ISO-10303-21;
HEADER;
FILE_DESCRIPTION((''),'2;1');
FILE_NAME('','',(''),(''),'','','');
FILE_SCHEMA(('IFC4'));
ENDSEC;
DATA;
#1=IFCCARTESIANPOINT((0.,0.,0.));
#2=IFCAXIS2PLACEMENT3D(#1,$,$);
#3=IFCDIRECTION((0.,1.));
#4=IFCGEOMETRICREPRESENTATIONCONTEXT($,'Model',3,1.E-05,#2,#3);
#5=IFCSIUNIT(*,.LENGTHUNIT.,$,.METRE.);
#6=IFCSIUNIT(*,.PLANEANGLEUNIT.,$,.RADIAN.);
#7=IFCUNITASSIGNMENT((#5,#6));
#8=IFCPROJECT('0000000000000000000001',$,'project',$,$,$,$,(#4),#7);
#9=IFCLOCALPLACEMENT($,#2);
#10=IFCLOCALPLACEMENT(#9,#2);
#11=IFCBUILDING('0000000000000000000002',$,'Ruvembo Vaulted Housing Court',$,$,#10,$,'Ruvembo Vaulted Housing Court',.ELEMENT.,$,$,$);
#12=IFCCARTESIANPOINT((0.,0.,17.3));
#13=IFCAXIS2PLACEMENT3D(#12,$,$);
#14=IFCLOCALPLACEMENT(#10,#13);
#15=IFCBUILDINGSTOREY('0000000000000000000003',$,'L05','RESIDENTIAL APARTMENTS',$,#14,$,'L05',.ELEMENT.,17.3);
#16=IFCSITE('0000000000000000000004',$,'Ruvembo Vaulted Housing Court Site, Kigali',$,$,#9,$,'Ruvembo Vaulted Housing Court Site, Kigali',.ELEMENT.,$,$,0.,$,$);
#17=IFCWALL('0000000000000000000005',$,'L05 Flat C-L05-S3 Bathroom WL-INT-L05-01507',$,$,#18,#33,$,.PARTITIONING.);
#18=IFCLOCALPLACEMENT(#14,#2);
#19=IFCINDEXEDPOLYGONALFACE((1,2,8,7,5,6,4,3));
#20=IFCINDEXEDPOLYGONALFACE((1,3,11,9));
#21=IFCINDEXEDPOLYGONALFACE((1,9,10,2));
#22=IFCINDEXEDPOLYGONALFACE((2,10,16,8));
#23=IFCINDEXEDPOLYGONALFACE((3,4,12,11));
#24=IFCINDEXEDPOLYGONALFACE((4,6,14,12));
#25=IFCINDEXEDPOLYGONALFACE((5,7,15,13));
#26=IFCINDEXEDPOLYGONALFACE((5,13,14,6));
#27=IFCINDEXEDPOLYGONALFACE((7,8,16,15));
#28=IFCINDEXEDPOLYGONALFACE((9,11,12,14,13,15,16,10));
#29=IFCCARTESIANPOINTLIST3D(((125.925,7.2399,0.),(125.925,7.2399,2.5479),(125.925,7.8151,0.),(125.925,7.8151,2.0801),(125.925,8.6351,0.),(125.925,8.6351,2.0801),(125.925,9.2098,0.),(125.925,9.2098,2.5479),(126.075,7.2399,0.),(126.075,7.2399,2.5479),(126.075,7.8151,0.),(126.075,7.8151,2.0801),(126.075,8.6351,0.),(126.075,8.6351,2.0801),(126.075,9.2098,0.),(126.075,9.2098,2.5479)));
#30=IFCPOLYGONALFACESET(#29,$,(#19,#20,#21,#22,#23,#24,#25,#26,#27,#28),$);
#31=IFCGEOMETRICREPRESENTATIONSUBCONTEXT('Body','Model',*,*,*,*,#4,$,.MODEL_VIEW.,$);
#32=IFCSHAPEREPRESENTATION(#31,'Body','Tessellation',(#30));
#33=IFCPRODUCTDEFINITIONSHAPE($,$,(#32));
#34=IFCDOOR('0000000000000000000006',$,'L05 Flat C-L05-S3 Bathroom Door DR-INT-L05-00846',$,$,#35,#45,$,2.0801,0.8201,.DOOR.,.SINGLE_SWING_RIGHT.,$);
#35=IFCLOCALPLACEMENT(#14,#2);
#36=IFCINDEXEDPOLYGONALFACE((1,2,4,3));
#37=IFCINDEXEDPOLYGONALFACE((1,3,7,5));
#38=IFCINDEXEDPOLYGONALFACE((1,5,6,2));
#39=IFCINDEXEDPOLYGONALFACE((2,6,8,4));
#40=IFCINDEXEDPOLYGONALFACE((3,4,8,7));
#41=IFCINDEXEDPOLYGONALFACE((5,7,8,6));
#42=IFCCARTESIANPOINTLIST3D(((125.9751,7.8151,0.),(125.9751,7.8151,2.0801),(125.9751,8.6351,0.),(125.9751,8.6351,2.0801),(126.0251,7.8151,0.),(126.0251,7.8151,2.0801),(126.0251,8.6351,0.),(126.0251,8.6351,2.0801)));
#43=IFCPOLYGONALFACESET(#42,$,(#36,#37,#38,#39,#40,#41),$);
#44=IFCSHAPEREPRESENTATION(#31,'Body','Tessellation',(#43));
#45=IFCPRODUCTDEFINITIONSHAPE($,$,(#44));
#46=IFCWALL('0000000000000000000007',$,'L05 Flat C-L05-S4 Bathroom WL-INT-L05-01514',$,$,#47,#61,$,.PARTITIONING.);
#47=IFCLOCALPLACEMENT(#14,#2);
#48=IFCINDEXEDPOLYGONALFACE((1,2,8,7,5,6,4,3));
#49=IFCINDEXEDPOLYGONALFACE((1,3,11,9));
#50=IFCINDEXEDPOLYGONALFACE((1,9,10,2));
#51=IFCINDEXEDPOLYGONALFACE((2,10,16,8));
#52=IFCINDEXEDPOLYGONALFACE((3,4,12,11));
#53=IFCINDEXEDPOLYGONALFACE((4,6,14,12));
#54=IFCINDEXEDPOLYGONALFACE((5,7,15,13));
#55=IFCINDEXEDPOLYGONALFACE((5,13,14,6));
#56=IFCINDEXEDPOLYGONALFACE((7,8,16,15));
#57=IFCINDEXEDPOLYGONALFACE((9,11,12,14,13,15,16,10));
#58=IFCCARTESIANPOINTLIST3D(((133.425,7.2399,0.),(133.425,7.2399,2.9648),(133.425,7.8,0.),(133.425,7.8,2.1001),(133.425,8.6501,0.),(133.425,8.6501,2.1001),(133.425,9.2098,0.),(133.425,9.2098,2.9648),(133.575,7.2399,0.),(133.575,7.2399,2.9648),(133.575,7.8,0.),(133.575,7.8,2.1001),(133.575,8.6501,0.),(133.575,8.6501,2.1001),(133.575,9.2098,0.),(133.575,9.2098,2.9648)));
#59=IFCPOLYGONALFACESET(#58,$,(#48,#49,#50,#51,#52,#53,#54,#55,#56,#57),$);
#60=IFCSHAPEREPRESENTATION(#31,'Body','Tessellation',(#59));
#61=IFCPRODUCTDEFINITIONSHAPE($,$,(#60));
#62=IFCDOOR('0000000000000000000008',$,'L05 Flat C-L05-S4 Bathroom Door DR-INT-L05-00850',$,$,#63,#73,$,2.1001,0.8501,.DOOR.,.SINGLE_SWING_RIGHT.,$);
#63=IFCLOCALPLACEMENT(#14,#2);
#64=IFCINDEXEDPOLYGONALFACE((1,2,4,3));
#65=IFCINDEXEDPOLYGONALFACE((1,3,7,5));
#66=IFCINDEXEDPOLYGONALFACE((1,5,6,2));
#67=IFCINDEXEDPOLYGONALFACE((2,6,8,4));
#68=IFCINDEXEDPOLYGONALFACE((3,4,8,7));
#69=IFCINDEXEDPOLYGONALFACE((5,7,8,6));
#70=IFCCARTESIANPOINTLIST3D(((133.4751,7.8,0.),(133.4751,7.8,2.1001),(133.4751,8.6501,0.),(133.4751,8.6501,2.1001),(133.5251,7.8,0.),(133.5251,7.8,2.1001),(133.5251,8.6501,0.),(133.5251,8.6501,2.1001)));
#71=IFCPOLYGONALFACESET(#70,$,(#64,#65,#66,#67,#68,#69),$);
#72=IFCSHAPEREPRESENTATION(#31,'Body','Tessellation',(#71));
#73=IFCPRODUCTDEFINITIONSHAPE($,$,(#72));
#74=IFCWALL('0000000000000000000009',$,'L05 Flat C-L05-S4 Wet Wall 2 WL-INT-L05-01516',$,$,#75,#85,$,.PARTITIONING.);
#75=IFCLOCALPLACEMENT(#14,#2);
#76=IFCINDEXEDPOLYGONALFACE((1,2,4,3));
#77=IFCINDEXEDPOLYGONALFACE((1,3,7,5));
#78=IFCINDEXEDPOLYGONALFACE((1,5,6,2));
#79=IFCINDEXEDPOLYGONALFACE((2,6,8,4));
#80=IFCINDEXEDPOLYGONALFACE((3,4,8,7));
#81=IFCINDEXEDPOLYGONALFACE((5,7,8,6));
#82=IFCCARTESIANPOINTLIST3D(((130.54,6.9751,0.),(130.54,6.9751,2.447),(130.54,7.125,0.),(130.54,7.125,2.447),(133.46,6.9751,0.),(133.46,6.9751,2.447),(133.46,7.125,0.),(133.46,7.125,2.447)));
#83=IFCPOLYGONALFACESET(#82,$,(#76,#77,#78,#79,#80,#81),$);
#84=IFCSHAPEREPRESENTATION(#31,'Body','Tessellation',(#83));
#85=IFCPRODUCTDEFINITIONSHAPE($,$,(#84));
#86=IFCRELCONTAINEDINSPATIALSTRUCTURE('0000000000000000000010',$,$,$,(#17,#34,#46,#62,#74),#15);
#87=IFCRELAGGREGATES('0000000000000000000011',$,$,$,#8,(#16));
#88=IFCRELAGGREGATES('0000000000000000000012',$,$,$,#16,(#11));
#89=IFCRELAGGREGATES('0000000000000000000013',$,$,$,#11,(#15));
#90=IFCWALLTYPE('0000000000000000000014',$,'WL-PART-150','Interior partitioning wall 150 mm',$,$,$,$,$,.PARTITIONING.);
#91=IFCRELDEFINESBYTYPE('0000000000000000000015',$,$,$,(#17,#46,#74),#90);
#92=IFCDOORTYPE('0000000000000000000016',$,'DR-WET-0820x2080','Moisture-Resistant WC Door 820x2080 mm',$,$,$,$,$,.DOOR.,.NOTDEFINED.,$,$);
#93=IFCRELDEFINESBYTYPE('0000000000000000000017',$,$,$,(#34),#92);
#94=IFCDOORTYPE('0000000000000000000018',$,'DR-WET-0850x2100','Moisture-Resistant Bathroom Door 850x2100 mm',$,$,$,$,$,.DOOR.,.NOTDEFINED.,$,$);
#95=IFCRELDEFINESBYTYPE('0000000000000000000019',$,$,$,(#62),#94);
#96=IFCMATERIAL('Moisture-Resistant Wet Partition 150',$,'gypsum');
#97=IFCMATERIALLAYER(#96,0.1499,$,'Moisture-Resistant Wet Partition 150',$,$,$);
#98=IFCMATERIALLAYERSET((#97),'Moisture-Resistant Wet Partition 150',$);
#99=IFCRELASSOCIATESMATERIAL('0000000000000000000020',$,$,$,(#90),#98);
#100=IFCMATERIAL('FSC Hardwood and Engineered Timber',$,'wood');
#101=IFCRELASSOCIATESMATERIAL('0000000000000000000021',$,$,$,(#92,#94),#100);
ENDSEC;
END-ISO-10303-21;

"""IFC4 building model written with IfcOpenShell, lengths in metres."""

from ifc_helpers import new_model, si_unit, direction, frame, frame_2d, origin, place, context, subcontext, project, spatial, rectangle, extrude, material, layer, layer_set, type_object, element, fill, save


model = new_model("IFC4")

# Units and contexts
model_context = context("Model", 3, precision=1e-05, world=origin(), true_north=direction((0.0, 1.0)))
body_context = subcontext(model_context, "Body", "Model", "MODEL_VIEW")
ifc_project = project(units=[si_unit("LENGTHUNIT", "METRE"), si_unit("PLANEANGLEUNIT", "RADIAN")], contexts=[model_context])

# Site, building, storey
site_placement = place(None, origin())
site = spatial("IfcSite", under=ifc_project, at=site_placement, Name="Ruvembo Vaulted Housing Court Site, Kigali", LongName="Ruvembo Vaulted Housing Court Site, Kigali", CompositionType="ELEMENT", RefElevation=0.0)
building_placement = place(site_placement, origin())
building = spatial("IfcBuilding", under=site, at=building_placement, Name="Ruvembo Vaulted Housing Court", LongName="Ruvembo Vaulted Housing Court", CompositionType="ELEMENT")
storey_placement = place(building_placement, frame((0.0, 0.0, 17.3)))
storey = spatial("IfcBuildingStorey", under=building, at=storey_placement, Name="L05", Description="RESIDENTIAL APARTMENTS", LongName="L05", CompositionType="ELEMENT", Elevation=17.3)

# Shared definitions
ifc_material_1 = material(Name="FSC Hardwood and Engineered Timber", Category="wood")

# Walls, openings, doors
ifc_material_2 = material(Name="Moisture-Resistant Wet Partition 150", Category="gypsum")
ifc_layer_1 = layer(ifc_material_2, 0.1499, Name="Moisture-Resistant Wet Partition 150")
ifc_layer_set_1 = layer_set([ifc_layer_1], Name="Moisture-Resistant Wet Partition 150")
wall_type_1 = type_object("IfcWallType", Name="WL-PART-150", Description="Interior partitioning wall 150 mm", PredefinedType="PARTITIONING", material=ifc_layer_set_1)
wall_1_placement = place(storey_placement, frame((126.0, 7.24, 0.0), z_axis=(0.0, 0.0, 1.0), x_axis=(0.0, 1.0, 0.0)))
wall_1 = element("IfcWall", 1, at=wall_1_placement, inside=storey, type_object=wall_type_1, Name="L05 Flat C-L05-S3 Bathroom WL-INT-L05-01507", PredefinedType="PARTITIONING", context=body_context, shape_type="SweptSolid", body=[
    extrude(rectangle(XDim=1.97, YDim=0.1499, at=frame_2d((0.9849, 0.0))), origin(), (0.0, 0.0, 1.0), 2.5479),
])
opening_1_placement = place(wall_1_placement, frame((0.575, 0.0, 0.0)))
opening_1 = element("IfcOpeningElement", 2, at=opening_1_placement, cuts=wall_1, PredefinedType="OPENING", context=body_context, shape_type="SweptSolid", body=[
    extrude(rectangle(XDim=0.8201, YDim=2.0801, at=frame_2d((0.4102, 1.04))), frame((0.0, 0.085, 0.0), z_axis=(0.0, -1.0, 0.0), x_axis=(1.0, 0.0, 0.0)), (0.0, 0.0, 1.0), 0.1699),
])
door_type_1 = type_object("IfcDoorType", Name="DR-WET-0820x2080", Description="Moisture-Resistant WC Door 820x2080 mm", OperationType="NOTDEFINED", PredefinedType="DOOR", material=ifc_material_1)
door_1_placement = place(opening_1_placement, origin())
door_1 = element("IfcDoor", 3, at=door_1_placement, inside=storey, type_object=door_type_1, Name="L05 Flat C-L05-S3 Bathroom Door DR-INT-L05-00846", OperationType="SINGLE_SWING_RIGHT", OverallHeight=2.0801, OverallWidth=0.8201, PredefinedType="DOOR", context=body_context, shape_type="SweptSolid", body=[
    extrude(rectangle(XDim=0.8201, YDim=2.0801, at=frame_2d((0.4102, 1.04))), frame((0.0, 0.0249, 0.0), z_axis=(0.0, -1.0, 0.0), x_axis=(1.0, 0.0, 0.0)), (0.0, 0.0, 1.0), 0.05),
])
fill(opening_1, door_1)
wall_2_placement = place(storey_placement, frame((133.5, 7.24, 0.0), z_axis=(0.0, 0.0, 1.0), x_axis=(0.0, 1.0, 0.0)))
wall_2 = element("IfcWall", 4, at=wall_2_placement, inside=storey, type_object=wall_type_1, Name="L05 Flat C-L05-S4 Bathroom WL-INT-L05-01514", PredefinedType="PARTITIONING", context=body_context, shape_type="SweptSolid", body=[
    extrude(rectangle(XDim=1.97, YDim=0.1499, at=frame_2d((0.9849, 0.0))), origin(), (0.0, 0.0, 1.0), 2.9648),
])
opening_2_placement = place(wall_2_placement, frame((0.5601, 0.0, 0.0)))
opening_2 = element("IfcOpeningElement", 5, at=opening_2_placement, cuts=wall_2, PredefinedType="OPENING", context=body_context, shape_type="SweptSolid", body=[
    extrude(rectangle(XDim=0.8501, YDim=2.1001, at=frame_2d((0.425, 1.05))), frame((0.0, 0.085, 0.0), z_axis=(0.0, -1.0, 0.0), x_axis=(1.0, 0.0, 0.0)), (0.0, 0.0, 1.0), 0.1699),
])
door_type_2 = type_object("IfcDoorType", Name="DR-WET-0850x2100", Description="Moisture-Resistant Bathroom Door 850x2100 mm", OperationType="NOTDEFINED", PredefinedType="DOOR", material=ifc_material_1)
door_2_placement = place(opening_2_placement, origin())
door_2 = element("IfcDoor", 6, at=door_2_placement, inside=storey, type_object=door_type_2, Name="L05 Flat C-L05-S4 Bathroom Door DR-INT-L05-00850", OperationType="SINGLE_SWING_RIGHT", OverallHeight=2.1001, OverallWidth=0.8501, PredefinedType="DOOR", context=body_context, shape_type="SweptSolid", body=[
    extrude(rectangle(XDim=0.8501, YDim=2.1001, at=frame_2d((0.425, 1.05))), frame((0.0, 0.0249, 0.0), z_axis=(0.0, -1.0, 0.0), x_axis=(1.0, 0.0, 0.0)), (0.0, 0.0, 1.0), 0.05),
])
fill(opening_2, door_2)

# Wall
wall_3_placement = place(storey_placement, frame((130.54, 7.05, 0.0), z_axis=(0.0, 0.0, 1.0), x_axis=(1.0, 0.0, 0.0)))
element("IfcWall", 7, at=wall_3_placement, inside=storey, type_object=wall_type_1, Name="L05 Flat C-L05-S4 Wet Wall 2 WL-INT-L05-01516", PredefinedType="PARTITIONING", context=body_context, shape_type="SweptSolid", body=[
    extrude(rectangle(XDim=2.9199, YDim=0.1499, at=frame_2d((1.46, 0.0))), origin(), (0.0, 0.0, 1.0), 2.447),
])

save(model, "model.ifc")
